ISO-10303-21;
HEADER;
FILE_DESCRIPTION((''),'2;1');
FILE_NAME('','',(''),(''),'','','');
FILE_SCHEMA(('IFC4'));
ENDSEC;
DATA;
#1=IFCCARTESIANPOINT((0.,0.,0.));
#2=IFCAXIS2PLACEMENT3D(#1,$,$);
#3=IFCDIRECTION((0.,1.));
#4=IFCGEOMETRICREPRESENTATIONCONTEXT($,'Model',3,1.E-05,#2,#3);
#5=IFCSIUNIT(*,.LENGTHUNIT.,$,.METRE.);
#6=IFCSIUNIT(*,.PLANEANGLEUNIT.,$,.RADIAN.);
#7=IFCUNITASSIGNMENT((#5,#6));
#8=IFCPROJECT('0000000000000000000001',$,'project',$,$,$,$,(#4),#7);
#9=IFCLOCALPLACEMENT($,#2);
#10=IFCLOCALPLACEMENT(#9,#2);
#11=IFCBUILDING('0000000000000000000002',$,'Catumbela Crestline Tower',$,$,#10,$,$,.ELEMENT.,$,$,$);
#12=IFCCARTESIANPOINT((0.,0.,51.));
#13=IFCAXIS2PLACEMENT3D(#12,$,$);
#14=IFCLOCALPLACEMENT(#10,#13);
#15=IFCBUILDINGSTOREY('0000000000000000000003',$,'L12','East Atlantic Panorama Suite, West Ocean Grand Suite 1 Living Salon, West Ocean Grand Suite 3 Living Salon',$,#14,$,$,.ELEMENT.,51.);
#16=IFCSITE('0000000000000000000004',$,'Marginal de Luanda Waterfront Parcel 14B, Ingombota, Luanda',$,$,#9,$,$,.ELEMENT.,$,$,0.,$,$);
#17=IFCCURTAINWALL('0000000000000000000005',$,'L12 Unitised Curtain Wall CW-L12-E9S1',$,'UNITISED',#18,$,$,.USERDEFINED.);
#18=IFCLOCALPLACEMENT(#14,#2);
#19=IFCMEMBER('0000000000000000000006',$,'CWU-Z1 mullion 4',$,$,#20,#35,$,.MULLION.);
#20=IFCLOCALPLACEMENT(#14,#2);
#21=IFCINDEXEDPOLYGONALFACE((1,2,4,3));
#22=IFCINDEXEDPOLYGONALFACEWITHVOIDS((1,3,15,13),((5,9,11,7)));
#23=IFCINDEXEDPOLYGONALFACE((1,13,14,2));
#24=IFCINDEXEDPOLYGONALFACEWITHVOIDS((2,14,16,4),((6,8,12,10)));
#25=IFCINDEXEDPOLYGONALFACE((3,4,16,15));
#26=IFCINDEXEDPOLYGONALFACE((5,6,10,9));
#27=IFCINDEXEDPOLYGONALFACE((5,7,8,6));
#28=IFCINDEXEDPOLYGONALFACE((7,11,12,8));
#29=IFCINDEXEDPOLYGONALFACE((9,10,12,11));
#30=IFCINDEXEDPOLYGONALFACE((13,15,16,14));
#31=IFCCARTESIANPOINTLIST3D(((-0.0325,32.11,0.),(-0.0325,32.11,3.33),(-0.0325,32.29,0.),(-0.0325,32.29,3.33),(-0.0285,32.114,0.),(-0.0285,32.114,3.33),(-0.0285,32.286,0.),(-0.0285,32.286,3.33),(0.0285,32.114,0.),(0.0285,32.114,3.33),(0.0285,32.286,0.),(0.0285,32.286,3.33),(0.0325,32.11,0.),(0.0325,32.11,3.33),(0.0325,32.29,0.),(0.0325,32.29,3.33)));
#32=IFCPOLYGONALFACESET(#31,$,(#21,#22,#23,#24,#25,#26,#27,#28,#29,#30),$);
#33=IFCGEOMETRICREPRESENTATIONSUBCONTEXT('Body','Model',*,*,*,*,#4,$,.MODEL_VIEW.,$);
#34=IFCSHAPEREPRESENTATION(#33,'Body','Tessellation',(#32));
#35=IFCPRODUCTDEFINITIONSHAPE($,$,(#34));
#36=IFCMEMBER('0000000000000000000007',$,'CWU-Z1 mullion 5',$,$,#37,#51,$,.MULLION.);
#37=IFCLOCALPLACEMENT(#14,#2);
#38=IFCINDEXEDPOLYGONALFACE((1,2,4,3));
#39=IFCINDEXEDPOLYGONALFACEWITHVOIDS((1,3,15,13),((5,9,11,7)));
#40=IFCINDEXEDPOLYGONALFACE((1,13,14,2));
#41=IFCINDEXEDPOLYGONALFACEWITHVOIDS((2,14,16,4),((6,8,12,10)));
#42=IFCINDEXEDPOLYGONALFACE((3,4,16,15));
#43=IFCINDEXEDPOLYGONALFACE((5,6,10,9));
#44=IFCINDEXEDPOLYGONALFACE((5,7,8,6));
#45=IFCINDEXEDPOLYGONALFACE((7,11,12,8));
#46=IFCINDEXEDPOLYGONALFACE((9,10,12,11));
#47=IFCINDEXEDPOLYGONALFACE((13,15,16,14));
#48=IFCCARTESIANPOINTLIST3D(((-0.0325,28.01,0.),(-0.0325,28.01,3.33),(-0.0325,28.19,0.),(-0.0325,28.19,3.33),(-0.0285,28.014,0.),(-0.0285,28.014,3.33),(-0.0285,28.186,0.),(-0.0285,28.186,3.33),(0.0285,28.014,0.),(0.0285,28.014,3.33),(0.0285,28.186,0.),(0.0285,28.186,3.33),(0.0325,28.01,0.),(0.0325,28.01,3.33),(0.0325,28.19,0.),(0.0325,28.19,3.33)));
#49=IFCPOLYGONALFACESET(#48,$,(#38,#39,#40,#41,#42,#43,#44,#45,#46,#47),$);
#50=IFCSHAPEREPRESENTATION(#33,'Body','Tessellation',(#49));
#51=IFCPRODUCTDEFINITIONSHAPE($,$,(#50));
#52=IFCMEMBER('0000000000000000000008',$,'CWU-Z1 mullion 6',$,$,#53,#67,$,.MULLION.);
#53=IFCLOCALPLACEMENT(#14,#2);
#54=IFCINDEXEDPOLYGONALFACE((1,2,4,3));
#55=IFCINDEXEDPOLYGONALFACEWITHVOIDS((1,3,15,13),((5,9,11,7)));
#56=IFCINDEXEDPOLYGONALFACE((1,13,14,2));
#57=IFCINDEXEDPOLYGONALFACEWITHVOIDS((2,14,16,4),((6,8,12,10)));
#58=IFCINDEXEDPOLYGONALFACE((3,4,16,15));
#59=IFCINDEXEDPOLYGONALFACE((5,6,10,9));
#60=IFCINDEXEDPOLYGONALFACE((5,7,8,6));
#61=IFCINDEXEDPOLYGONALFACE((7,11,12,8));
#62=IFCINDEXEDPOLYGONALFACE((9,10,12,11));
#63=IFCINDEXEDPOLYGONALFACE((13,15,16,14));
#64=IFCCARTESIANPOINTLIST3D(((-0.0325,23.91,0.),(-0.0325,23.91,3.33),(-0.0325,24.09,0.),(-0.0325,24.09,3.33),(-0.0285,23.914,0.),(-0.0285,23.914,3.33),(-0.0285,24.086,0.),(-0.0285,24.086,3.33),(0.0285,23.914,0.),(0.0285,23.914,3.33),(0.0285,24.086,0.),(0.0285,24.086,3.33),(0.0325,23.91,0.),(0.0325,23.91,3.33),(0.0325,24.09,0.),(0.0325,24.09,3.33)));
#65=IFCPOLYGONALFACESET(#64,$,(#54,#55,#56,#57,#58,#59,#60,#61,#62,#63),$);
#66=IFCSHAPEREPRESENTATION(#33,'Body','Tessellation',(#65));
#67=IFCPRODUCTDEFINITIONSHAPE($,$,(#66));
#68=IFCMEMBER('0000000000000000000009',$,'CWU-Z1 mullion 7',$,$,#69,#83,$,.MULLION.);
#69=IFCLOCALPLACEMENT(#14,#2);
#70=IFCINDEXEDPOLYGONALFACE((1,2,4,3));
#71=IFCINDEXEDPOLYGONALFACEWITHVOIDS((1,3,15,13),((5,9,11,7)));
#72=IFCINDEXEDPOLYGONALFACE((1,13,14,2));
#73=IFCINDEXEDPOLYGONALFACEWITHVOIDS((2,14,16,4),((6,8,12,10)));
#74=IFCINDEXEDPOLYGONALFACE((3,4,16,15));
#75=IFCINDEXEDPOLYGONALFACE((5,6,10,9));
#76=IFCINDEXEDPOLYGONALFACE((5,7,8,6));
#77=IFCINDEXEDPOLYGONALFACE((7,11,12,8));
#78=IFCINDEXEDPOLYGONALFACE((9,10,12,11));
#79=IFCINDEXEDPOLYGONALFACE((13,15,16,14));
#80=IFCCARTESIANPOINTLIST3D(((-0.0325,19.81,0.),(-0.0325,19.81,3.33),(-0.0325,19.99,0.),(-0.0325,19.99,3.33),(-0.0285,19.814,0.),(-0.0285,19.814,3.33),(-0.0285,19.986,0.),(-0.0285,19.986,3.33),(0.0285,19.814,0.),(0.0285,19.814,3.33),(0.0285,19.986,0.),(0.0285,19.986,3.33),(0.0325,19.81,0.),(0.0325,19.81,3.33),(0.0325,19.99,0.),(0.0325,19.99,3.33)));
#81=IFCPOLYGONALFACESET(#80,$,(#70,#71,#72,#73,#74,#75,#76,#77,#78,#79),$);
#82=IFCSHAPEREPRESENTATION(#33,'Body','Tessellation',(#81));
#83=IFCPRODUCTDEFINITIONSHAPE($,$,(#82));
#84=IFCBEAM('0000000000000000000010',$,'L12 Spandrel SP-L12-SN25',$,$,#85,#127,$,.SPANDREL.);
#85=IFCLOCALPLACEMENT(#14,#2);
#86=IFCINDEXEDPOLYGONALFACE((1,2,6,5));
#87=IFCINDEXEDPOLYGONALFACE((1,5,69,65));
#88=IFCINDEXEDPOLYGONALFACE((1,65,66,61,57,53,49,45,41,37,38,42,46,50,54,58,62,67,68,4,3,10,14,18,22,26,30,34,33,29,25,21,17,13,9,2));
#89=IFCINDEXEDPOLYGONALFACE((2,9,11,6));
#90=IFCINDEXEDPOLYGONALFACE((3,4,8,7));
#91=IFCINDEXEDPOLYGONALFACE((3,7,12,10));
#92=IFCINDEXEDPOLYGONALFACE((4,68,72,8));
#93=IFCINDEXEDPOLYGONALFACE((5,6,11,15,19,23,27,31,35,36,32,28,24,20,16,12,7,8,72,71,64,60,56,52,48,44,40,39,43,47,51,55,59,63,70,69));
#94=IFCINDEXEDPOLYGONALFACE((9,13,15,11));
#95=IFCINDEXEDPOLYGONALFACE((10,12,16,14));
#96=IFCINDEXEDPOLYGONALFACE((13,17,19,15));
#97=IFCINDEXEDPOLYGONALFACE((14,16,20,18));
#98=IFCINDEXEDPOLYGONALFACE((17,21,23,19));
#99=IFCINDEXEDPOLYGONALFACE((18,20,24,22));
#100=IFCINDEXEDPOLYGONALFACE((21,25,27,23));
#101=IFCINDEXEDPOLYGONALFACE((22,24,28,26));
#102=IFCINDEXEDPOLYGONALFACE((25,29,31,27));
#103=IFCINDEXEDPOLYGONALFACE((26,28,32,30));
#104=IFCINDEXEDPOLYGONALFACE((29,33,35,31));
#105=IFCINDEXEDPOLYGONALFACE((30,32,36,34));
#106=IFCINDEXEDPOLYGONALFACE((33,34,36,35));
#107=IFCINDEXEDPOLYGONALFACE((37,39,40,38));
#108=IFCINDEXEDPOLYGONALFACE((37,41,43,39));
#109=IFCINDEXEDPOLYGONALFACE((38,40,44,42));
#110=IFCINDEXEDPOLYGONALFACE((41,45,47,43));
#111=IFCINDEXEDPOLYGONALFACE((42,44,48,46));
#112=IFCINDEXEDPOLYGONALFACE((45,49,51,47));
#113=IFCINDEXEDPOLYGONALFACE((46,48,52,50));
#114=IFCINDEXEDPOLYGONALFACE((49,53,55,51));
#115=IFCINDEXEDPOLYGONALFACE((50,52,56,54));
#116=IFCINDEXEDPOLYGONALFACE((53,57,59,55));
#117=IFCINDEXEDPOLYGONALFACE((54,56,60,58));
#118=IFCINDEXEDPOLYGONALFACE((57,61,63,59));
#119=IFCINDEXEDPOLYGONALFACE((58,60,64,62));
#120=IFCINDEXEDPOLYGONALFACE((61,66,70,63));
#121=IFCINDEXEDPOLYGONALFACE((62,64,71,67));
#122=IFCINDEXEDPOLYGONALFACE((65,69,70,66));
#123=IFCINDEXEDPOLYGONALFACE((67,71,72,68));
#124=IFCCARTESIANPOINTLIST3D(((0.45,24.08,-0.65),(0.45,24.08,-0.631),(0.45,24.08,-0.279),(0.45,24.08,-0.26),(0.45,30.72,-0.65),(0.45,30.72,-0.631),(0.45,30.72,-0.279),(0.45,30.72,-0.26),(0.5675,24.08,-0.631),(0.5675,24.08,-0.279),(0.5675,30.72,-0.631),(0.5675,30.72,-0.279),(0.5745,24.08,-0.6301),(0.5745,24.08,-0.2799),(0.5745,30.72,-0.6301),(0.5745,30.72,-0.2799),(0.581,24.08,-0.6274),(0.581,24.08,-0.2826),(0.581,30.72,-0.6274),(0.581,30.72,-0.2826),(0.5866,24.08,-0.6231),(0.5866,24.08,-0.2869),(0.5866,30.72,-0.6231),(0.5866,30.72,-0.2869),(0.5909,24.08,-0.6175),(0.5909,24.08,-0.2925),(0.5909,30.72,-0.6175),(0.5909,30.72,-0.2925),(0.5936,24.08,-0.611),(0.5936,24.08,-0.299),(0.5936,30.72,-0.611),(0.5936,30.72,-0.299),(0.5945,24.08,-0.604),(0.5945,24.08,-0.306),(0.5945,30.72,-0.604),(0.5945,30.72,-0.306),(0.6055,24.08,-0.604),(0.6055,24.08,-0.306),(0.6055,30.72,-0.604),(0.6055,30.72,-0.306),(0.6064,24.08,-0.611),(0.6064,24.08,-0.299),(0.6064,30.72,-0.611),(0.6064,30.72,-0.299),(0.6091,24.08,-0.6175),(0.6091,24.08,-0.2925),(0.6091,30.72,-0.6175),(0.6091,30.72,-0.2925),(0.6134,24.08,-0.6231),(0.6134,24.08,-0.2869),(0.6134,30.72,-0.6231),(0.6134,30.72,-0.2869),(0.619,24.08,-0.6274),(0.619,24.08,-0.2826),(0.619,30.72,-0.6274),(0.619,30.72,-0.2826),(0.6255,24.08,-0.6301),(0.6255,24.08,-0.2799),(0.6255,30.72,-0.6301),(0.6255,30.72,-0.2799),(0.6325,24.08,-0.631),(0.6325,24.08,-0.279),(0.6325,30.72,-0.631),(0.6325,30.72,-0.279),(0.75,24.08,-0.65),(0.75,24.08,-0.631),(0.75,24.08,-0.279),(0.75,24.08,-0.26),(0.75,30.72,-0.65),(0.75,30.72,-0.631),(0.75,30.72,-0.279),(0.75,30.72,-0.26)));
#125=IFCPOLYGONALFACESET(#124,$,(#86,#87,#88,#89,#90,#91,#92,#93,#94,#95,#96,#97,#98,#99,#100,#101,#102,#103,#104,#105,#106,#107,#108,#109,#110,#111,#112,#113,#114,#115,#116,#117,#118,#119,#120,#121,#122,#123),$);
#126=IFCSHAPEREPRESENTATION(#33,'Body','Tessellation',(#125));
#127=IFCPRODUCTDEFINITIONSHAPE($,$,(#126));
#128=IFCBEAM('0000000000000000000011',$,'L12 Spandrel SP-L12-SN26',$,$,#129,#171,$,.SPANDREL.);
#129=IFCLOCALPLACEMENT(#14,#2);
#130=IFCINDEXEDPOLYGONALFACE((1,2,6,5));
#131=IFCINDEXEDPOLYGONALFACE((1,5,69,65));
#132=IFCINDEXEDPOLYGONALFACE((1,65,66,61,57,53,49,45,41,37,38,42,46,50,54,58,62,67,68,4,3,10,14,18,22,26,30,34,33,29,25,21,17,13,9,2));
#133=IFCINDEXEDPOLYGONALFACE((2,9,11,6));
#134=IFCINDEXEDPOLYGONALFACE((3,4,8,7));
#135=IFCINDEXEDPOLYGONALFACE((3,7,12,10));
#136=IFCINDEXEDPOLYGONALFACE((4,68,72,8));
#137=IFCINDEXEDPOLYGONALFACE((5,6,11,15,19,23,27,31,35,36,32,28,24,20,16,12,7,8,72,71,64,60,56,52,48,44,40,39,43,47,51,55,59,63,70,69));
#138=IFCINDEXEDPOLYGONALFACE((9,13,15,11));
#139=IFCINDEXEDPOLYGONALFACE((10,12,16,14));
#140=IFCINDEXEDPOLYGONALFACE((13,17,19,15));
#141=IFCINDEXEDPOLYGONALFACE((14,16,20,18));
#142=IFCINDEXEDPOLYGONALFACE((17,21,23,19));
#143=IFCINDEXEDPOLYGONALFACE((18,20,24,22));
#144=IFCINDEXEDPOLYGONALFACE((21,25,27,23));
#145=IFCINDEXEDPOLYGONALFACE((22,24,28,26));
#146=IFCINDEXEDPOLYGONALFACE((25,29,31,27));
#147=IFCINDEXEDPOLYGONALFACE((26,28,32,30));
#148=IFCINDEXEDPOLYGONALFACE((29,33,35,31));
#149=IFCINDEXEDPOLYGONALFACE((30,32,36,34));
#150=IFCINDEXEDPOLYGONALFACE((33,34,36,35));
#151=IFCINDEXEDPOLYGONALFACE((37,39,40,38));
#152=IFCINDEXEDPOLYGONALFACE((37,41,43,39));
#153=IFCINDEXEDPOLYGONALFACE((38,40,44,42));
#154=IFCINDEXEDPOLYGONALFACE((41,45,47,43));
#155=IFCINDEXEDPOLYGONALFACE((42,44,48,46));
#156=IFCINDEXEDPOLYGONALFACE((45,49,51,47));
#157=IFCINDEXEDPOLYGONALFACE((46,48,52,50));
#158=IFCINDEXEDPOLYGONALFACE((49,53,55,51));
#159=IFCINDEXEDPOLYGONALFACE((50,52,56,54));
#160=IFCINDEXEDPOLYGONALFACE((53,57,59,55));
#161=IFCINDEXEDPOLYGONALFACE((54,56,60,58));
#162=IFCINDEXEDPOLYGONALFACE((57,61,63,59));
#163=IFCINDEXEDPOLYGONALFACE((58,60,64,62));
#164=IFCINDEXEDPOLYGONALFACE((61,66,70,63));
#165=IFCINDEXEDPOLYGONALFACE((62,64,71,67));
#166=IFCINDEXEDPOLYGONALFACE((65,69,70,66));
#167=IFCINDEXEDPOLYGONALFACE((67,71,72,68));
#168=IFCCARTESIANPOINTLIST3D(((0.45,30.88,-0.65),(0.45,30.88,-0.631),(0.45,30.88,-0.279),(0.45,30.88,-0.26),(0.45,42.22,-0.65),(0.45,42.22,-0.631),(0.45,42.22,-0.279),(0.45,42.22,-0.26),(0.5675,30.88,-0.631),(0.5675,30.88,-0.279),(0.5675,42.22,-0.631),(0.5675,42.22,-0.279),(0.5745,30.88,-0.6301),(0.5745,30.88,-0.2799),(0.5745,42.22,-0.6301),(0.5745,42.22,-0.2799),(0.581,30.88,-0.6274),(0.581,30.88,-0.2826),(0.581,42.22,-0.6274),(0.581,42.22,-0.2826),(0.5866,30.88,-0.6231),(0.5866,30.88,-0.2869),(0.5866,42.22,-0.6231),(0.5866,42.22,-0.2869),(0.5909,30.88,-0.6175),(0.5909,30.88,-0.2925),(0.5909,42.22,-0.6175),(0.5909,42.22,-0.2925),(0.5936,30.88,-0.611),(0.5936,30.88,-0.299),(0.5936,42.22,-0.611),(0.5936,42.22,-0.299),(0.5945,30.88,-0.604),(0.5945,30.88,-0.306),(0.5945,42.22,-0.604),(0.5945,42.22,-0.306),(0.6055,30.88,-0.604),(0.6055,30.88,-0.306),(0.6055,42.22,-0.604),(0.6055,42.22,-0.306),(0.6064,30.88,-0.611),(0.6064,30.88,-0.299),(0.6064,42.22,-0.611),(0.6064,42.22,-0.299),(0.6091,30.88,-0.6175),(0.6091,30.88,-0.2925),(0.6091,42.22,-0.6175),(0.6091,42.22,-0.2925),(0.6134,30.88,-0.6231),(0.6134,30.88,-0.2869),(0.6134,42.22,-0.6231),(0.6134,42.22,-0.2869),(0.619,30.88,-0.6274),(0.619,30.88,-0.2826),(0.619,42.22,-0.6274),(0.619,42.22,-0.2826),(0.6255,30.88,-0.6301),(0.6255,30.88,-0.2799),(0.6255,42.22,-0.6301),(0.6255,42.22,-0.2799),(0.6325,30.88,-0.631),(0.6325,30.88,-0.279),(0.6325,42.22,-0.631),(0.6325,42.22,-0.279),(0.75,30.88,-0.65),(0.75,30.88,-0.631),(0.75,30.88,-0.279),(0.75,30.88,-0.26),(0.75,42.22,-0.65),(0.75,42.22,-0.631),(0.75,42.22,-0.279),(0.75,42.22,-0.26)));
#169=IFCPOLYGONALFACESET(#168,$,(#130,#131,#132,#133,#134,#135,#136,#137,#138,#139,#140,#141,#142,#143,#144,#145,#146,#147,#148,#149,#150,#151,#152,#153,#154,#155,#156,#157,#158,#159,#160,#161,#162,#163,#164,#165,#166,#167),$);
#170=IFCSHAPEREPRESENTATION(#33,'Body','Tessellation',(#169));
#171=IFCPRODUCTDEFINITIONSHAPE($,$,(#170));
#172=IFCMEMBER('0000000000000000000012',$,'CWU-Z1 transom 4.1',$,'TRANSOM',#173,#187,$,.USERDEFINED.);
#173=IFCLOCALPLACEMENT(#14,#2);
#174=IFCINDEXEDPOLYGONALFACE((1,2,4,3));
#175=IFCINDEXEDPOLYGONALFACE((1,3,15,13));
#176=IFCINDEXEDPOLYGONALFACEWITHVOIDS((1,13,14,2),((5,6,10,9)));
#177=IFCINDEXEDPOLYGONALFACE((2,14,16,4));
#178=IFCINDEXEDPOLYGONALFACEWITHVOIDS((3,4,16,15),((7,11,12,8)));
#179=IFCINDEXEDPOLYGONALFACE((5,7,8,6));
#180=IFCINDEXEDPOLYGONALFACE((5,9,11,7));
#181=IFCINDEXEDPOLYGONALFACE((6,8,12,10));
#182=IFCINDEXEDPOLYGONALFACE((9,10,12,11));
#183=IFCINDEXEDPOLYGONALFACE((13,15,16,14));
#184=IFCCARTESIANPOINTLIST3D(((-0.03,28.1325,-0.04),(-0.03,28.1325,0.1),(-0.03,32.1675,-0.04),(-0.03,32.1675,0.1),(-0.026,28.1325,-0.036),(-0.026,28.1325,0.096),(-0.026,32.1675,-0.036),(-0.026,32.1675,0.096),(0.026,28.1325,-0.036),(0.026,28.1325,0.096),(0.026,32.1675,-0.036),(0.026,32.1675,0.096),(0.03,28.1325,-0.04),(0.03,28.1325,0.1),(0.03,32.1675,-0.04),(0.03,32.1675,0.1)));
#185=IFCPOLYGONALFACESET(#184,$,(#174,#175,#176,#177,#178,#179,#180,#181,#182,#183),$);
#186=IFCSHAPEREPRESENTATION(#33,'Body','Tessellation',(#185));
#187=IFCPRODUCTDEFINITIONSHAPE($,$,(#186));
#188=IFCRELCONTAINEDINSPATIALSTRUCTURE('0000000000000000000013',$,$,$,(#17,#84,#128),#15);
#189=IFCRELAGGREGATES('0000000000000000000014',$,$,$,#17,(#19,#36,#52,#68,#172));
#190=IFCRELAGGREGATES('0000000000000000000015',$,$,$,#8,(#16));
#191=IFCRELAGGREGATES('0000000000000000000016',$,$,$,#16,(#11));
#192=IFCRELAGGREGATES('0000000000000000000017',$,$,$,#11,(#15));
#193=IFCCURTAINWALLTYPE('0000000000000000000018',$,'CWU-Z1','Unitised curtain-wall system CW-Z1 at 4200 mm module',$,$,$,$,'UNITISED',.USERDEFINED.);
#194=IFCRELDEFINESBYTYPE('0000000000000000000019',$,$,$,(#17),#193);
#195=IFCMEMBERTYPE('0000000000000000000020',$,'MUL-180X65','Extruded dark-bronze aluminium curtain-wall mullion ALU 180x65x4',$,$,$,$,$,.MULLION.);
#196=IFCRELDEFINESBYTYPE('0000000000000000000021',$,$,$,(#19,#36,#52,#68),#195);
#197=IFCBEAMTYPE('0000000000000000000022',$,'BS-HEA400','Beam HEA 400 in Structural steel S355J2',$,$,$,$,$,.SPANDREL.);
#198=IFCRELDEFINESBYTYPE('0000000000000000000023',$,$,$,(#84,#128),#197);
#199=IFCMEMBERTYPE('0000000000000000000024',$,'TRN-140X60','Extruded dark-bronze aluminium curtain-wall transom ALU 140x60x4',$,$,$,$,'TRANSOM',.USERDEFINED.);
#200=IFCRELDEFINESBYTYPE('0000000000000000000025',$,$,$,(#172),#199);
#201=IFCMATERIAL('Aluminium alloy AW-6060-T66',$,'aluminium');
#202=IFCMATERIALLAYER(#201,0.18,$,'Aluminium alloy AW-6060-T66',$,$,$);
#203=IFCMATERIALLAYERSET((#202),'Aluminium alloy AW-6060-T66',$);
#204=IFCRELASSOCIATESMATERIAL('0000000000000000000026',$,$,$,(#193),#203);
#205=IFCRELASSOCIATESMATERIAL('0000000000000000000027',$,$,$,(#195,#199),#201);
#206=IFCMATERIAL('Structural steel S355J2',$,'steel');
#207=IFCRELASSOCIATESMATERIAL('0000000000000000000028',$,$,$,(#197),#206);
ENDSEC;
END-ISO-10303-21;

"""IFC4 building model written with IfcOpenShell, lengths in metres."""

from ifc_helpers import new_model, si_unit, direction, frame, origin, origin_2d, place, context, subcontext, project, spatial, hollow_rectangle, i_section, extrude, material, layer, layer_set, material_profile, profile_set, type_object, element, aggregate, save


model = new_model("IFC4")

# Units and contexts
model_context = context("Model", 3, precision=1e-05, world=origin(), true_north=direction((0.0, 1.0)))
body_context = subcontext(model_context, "Body", "Model", "MODEL_VIEW")
ifc_project = project(units=[si_unit("LENGTHUNIT", "METRE"), si_unit("PLANEANGLEUNIT", "RADIAN")], contexts=[model_context])

# Site, building, storey
site_placement = place(None, origin())
site = spatial("IfcSite", under=ifc_project, at=site_placement, Name="Marginal de Luanda Waterfront Parcel 14B, Ingombota, Luanda", CompositionType="ELEMENT", RefElevation=0.0)
building_placement = place(site_placement, origin())
building = spatial("IfcBuilding", under=site, at=building_placement, Name="Catumbela Crestline Tower", CompositionType="ELEMENT")
storey_placement = place(building_placement, frame((0.0, 0.0, 51.0)))
storey = spatial("IfcBuildingStorey", under=building, at=storey_placement, Name="L12", Description="East Atlantic Panorama Suite, West Ocean Grand Suite 1 Living Salon, West Ocean Grand Suite 3 Living Salon", CompositionType="ELEMENT", Elevation=51.0)

# Shared definitions
ifc_material_1 = material(Name="Structural steel S355J2", Category="steel")

# Curtain wall, members
ifc_material_2 = material(Name="Aluminium alloy AW-6060-T66", Category="aluminium")
ifc_layer_1 = layer(ifc_material_2, 0.18, Name="Aluminium alloy AW-6060-T66")
ifc_layer_set_1 = layer_set([ifc_layer_1], Name="Aluminium alloy AW-6060-T66")
curtain_wall_type = type_object("IfcCurtainWallType", Name="CWU-Z1", Description="Unitised curtain-wall system CW-Z1 at 4200 mm module", ElementType="UNITISED", PredefinedType="USERDEFINED", material=ifc_layer_set_1)
curtain_wall_placement = place(storey_placement, origin())
curtain_wall = element("IfcCurtainWall", 1, at=curtain_wall_placement, inside=storey, type_object=curtain_wall_type, Name="L12 Unitised Curtain Wall CW-L12-E9S1", ObjectType="UNITISED", PredefinedType="USERDEFINED")
ifc_material_profile_1 = material_profile(ifc_material_2, hollow_rectangle(XDim=0.065, YDim=0.18, WallThickness=0.004, at=origin_2d()), Name="ALU 180x65x4")
ifc_profile_set_1 = profile_set([ifc_material_profile_1], Name="Aluminium alloy AW-6060-T66")
member_type_1 = type_object("IfcMemberType", Name="MUL-180X65", Description="Extruded dark-bronze aluminium curtain-wall mullion ALU 180x65x4", PredefinedType="MULLION", material=ifc_profile_set_1)
member_1_placement = place(storey_placement, frame((0.0, 32.2, 0.0), z_axis=(0.0, 0.0, 1.0), x_axis=(1.0, 0.0, 0.0)))
member_1 = element("IfcMember", 2, at=member_1_placement, type_object=member_type_1, Name="CWU-Z1 mullion 4", PredefinedType="MULLION", context=body_context, shape_type="SweptSolid", body=[
    extrude(hollow_rectangle(XDim=0.065, YDim=0.18, WallThickness=0.004, at=origin_2d()), origin(), (0.0, 0.0, 1.0), 3.33),
])
member_2_placement = place(storey_placement, frame((0.0, 28.1, 0.0), z_axis=(0.0, 0.0, 1.0), x_axis=(1.0, 0.0, 0.0)))
member_2 = element("IfcMember", 3, at=member_2_placement, type_object=member_type_1, Name="CWU-Z1 mullion 5", PredefinedType="MULLION", context=body_context, shape_type="SweptSolid", body=[
    extrude(hollow_rectangle(XDim=0.065, YDim=0.18, WallThickness=0.004, at=origin_2d()), origin(), (0.0, 0.0, 1.0), 3.33),
])
member_3_placement = place(storey_placement, frame((0.0, 24.0, 0.0), z_axis=(0.0, 0.0, 1.0), x_axis=(1.0, 0.0, 0.0)))
member_3 = element("IfcMember", 4, at=member_3_placement, type_object=member_type_1, Name="CWU-Z1 mullion 6", PredefinedType="MULLION", context=body_context, shape_type="SweptSolid", body=[
    extrude(hollow_rectangle(XDim=0.065, YDim=0.18, WallThickness=0.004, at=origin_2d()), origin(), (0.0, 0.0, 1.0), 3.33),
])
member_4_placement = place(storey_placement, frame((0.0, 19.9, 0.0), z_axis=(0.0, 0.0, 1.0), x_axis=(1.0, 0.0, 0.0)))
member_4 = element("IfcMember", 5, at=member_4_placement, type_object=member_type_1, Name="CWU-Z1 mullion 7", PredefinedType="MULLION", context=body_context, shape_type="SweptSolid", body=[
    extrude(hollow_rectangle(XDim=0.065, YDim=0.18, WallThickness=0.004, at=origin_2d()), origin(), (0.0, 0.0, 1.0), 3.33),
])

# Beams
ifc_material_profile_2 = material_profile(ifc_material_1, i_section(OverallWidth=0.3, OverallDepth=0.39, WebThickness=0.011, FlangeThickness=0.019, FilletRadius=0.027, at=origin_2d()), Name="HEA 400")
ifc_profile_set_2 = profile_set([ifc_material_profile_2], Name="Structural steel S355J2")
beam_type_1 = type_object("IfcBeamType", Name="BS-HEA400", Description="Beam HEA 400 in Structural steel S355J2", PredefinedType="SPANDREL", material=ifc_profile_set_2)
beam_1_placement = place(storey_placement, frame((0.6, 24.08, -0.455), z_axis=(0.0, 1.0, 0.0), x_axis=(-1.0, 0.0, 0.0)))
element("IfcBeam", 6, at=beam_1_placement, inside=storey, type_object=beam_type_1, Name="L12 Spandrel SP-L12-SN25", PredefinedType="SPANDREL", context=body_context, shape_type="SweptSolid", body=[
    extrude(i_section(OverallWidth=0.3, OverallDepth=0.39, WebThickness=0.011, FlangeThickness=0.019, FilletRadius=0.027, at=origin_2d()), origin(), (0.0, 0.0, 1.0), 6.64),
])
beam_2_placement = place(storey_placement, frame((0.6, 30.88, -0.455), z_axis=(0.0, 1.0, 0.0), x_axis=(-1.0, 0.0, 0.0)))
element("IfcBeam", 7, at=beam_2_placement, inside=storey, type_object=beam_type_1, Name="L12 Spandrel SP-L12-SN26", PredefinedType="SPANDREL", context=body_context, shape_type="SweptSolid", body=[
    extrude(i_section(OverallWidth=0.3, OverallDepth=0.39, WebThickness=0.011, FlangeThickness=0.019, FilletRadius=0.027, at=origin_2d()), origin(), (0.0, 0.0, 1.0), 11.34),
])

# Member
ifc_material_profile_3 = material_profile(ifc_material_2, hollow_rectangle(XDim=0.06, YDim=0.14, WallThickness=0.004, at=origin_2d()), Name="ALU 140x60x4")
ifc_profile_set_3 = profile_set([ifc_material_profile_3], Name="Aluminium alloy AW-6060-T66")
member_type_2 = type_object("IfcMemberType", Name="TRN-140X60", Description="Extruded dark-bronze aluminium curtain-wall transom ALU 140x60x4", ElementType="TRANSOM", PredefinedType="USERDEFINED", material=ifc_profile_set_3)
member_5_placement = place(storey_placement, frame((0.0, 32.1675, 0.03), z_axis=(0.0, -1.0, 0.0), x_axis=(1.0, 0.0, 0.0)))
member_5 = element("IfcMember", 8, at=member_5_placement, type_object=member_type_2, Name="CWU-Z1 transom 4.1", ObjectType="TRANSOM", PredefinedType="USERDEFINED", context=body_context, shape_type="SweptSolid", body=[
    extrude(hollow_rectangle(XDim=0.06, YDim=0.14, WallThickness=0.004, at=origin_2d()), origin(), (0.0, 0.0, 1.0), 4.035),
])

aggregate(curtain_wall, [member_1, member_2, member_3, member_4, member_5])

save(model, "model.ifc")
